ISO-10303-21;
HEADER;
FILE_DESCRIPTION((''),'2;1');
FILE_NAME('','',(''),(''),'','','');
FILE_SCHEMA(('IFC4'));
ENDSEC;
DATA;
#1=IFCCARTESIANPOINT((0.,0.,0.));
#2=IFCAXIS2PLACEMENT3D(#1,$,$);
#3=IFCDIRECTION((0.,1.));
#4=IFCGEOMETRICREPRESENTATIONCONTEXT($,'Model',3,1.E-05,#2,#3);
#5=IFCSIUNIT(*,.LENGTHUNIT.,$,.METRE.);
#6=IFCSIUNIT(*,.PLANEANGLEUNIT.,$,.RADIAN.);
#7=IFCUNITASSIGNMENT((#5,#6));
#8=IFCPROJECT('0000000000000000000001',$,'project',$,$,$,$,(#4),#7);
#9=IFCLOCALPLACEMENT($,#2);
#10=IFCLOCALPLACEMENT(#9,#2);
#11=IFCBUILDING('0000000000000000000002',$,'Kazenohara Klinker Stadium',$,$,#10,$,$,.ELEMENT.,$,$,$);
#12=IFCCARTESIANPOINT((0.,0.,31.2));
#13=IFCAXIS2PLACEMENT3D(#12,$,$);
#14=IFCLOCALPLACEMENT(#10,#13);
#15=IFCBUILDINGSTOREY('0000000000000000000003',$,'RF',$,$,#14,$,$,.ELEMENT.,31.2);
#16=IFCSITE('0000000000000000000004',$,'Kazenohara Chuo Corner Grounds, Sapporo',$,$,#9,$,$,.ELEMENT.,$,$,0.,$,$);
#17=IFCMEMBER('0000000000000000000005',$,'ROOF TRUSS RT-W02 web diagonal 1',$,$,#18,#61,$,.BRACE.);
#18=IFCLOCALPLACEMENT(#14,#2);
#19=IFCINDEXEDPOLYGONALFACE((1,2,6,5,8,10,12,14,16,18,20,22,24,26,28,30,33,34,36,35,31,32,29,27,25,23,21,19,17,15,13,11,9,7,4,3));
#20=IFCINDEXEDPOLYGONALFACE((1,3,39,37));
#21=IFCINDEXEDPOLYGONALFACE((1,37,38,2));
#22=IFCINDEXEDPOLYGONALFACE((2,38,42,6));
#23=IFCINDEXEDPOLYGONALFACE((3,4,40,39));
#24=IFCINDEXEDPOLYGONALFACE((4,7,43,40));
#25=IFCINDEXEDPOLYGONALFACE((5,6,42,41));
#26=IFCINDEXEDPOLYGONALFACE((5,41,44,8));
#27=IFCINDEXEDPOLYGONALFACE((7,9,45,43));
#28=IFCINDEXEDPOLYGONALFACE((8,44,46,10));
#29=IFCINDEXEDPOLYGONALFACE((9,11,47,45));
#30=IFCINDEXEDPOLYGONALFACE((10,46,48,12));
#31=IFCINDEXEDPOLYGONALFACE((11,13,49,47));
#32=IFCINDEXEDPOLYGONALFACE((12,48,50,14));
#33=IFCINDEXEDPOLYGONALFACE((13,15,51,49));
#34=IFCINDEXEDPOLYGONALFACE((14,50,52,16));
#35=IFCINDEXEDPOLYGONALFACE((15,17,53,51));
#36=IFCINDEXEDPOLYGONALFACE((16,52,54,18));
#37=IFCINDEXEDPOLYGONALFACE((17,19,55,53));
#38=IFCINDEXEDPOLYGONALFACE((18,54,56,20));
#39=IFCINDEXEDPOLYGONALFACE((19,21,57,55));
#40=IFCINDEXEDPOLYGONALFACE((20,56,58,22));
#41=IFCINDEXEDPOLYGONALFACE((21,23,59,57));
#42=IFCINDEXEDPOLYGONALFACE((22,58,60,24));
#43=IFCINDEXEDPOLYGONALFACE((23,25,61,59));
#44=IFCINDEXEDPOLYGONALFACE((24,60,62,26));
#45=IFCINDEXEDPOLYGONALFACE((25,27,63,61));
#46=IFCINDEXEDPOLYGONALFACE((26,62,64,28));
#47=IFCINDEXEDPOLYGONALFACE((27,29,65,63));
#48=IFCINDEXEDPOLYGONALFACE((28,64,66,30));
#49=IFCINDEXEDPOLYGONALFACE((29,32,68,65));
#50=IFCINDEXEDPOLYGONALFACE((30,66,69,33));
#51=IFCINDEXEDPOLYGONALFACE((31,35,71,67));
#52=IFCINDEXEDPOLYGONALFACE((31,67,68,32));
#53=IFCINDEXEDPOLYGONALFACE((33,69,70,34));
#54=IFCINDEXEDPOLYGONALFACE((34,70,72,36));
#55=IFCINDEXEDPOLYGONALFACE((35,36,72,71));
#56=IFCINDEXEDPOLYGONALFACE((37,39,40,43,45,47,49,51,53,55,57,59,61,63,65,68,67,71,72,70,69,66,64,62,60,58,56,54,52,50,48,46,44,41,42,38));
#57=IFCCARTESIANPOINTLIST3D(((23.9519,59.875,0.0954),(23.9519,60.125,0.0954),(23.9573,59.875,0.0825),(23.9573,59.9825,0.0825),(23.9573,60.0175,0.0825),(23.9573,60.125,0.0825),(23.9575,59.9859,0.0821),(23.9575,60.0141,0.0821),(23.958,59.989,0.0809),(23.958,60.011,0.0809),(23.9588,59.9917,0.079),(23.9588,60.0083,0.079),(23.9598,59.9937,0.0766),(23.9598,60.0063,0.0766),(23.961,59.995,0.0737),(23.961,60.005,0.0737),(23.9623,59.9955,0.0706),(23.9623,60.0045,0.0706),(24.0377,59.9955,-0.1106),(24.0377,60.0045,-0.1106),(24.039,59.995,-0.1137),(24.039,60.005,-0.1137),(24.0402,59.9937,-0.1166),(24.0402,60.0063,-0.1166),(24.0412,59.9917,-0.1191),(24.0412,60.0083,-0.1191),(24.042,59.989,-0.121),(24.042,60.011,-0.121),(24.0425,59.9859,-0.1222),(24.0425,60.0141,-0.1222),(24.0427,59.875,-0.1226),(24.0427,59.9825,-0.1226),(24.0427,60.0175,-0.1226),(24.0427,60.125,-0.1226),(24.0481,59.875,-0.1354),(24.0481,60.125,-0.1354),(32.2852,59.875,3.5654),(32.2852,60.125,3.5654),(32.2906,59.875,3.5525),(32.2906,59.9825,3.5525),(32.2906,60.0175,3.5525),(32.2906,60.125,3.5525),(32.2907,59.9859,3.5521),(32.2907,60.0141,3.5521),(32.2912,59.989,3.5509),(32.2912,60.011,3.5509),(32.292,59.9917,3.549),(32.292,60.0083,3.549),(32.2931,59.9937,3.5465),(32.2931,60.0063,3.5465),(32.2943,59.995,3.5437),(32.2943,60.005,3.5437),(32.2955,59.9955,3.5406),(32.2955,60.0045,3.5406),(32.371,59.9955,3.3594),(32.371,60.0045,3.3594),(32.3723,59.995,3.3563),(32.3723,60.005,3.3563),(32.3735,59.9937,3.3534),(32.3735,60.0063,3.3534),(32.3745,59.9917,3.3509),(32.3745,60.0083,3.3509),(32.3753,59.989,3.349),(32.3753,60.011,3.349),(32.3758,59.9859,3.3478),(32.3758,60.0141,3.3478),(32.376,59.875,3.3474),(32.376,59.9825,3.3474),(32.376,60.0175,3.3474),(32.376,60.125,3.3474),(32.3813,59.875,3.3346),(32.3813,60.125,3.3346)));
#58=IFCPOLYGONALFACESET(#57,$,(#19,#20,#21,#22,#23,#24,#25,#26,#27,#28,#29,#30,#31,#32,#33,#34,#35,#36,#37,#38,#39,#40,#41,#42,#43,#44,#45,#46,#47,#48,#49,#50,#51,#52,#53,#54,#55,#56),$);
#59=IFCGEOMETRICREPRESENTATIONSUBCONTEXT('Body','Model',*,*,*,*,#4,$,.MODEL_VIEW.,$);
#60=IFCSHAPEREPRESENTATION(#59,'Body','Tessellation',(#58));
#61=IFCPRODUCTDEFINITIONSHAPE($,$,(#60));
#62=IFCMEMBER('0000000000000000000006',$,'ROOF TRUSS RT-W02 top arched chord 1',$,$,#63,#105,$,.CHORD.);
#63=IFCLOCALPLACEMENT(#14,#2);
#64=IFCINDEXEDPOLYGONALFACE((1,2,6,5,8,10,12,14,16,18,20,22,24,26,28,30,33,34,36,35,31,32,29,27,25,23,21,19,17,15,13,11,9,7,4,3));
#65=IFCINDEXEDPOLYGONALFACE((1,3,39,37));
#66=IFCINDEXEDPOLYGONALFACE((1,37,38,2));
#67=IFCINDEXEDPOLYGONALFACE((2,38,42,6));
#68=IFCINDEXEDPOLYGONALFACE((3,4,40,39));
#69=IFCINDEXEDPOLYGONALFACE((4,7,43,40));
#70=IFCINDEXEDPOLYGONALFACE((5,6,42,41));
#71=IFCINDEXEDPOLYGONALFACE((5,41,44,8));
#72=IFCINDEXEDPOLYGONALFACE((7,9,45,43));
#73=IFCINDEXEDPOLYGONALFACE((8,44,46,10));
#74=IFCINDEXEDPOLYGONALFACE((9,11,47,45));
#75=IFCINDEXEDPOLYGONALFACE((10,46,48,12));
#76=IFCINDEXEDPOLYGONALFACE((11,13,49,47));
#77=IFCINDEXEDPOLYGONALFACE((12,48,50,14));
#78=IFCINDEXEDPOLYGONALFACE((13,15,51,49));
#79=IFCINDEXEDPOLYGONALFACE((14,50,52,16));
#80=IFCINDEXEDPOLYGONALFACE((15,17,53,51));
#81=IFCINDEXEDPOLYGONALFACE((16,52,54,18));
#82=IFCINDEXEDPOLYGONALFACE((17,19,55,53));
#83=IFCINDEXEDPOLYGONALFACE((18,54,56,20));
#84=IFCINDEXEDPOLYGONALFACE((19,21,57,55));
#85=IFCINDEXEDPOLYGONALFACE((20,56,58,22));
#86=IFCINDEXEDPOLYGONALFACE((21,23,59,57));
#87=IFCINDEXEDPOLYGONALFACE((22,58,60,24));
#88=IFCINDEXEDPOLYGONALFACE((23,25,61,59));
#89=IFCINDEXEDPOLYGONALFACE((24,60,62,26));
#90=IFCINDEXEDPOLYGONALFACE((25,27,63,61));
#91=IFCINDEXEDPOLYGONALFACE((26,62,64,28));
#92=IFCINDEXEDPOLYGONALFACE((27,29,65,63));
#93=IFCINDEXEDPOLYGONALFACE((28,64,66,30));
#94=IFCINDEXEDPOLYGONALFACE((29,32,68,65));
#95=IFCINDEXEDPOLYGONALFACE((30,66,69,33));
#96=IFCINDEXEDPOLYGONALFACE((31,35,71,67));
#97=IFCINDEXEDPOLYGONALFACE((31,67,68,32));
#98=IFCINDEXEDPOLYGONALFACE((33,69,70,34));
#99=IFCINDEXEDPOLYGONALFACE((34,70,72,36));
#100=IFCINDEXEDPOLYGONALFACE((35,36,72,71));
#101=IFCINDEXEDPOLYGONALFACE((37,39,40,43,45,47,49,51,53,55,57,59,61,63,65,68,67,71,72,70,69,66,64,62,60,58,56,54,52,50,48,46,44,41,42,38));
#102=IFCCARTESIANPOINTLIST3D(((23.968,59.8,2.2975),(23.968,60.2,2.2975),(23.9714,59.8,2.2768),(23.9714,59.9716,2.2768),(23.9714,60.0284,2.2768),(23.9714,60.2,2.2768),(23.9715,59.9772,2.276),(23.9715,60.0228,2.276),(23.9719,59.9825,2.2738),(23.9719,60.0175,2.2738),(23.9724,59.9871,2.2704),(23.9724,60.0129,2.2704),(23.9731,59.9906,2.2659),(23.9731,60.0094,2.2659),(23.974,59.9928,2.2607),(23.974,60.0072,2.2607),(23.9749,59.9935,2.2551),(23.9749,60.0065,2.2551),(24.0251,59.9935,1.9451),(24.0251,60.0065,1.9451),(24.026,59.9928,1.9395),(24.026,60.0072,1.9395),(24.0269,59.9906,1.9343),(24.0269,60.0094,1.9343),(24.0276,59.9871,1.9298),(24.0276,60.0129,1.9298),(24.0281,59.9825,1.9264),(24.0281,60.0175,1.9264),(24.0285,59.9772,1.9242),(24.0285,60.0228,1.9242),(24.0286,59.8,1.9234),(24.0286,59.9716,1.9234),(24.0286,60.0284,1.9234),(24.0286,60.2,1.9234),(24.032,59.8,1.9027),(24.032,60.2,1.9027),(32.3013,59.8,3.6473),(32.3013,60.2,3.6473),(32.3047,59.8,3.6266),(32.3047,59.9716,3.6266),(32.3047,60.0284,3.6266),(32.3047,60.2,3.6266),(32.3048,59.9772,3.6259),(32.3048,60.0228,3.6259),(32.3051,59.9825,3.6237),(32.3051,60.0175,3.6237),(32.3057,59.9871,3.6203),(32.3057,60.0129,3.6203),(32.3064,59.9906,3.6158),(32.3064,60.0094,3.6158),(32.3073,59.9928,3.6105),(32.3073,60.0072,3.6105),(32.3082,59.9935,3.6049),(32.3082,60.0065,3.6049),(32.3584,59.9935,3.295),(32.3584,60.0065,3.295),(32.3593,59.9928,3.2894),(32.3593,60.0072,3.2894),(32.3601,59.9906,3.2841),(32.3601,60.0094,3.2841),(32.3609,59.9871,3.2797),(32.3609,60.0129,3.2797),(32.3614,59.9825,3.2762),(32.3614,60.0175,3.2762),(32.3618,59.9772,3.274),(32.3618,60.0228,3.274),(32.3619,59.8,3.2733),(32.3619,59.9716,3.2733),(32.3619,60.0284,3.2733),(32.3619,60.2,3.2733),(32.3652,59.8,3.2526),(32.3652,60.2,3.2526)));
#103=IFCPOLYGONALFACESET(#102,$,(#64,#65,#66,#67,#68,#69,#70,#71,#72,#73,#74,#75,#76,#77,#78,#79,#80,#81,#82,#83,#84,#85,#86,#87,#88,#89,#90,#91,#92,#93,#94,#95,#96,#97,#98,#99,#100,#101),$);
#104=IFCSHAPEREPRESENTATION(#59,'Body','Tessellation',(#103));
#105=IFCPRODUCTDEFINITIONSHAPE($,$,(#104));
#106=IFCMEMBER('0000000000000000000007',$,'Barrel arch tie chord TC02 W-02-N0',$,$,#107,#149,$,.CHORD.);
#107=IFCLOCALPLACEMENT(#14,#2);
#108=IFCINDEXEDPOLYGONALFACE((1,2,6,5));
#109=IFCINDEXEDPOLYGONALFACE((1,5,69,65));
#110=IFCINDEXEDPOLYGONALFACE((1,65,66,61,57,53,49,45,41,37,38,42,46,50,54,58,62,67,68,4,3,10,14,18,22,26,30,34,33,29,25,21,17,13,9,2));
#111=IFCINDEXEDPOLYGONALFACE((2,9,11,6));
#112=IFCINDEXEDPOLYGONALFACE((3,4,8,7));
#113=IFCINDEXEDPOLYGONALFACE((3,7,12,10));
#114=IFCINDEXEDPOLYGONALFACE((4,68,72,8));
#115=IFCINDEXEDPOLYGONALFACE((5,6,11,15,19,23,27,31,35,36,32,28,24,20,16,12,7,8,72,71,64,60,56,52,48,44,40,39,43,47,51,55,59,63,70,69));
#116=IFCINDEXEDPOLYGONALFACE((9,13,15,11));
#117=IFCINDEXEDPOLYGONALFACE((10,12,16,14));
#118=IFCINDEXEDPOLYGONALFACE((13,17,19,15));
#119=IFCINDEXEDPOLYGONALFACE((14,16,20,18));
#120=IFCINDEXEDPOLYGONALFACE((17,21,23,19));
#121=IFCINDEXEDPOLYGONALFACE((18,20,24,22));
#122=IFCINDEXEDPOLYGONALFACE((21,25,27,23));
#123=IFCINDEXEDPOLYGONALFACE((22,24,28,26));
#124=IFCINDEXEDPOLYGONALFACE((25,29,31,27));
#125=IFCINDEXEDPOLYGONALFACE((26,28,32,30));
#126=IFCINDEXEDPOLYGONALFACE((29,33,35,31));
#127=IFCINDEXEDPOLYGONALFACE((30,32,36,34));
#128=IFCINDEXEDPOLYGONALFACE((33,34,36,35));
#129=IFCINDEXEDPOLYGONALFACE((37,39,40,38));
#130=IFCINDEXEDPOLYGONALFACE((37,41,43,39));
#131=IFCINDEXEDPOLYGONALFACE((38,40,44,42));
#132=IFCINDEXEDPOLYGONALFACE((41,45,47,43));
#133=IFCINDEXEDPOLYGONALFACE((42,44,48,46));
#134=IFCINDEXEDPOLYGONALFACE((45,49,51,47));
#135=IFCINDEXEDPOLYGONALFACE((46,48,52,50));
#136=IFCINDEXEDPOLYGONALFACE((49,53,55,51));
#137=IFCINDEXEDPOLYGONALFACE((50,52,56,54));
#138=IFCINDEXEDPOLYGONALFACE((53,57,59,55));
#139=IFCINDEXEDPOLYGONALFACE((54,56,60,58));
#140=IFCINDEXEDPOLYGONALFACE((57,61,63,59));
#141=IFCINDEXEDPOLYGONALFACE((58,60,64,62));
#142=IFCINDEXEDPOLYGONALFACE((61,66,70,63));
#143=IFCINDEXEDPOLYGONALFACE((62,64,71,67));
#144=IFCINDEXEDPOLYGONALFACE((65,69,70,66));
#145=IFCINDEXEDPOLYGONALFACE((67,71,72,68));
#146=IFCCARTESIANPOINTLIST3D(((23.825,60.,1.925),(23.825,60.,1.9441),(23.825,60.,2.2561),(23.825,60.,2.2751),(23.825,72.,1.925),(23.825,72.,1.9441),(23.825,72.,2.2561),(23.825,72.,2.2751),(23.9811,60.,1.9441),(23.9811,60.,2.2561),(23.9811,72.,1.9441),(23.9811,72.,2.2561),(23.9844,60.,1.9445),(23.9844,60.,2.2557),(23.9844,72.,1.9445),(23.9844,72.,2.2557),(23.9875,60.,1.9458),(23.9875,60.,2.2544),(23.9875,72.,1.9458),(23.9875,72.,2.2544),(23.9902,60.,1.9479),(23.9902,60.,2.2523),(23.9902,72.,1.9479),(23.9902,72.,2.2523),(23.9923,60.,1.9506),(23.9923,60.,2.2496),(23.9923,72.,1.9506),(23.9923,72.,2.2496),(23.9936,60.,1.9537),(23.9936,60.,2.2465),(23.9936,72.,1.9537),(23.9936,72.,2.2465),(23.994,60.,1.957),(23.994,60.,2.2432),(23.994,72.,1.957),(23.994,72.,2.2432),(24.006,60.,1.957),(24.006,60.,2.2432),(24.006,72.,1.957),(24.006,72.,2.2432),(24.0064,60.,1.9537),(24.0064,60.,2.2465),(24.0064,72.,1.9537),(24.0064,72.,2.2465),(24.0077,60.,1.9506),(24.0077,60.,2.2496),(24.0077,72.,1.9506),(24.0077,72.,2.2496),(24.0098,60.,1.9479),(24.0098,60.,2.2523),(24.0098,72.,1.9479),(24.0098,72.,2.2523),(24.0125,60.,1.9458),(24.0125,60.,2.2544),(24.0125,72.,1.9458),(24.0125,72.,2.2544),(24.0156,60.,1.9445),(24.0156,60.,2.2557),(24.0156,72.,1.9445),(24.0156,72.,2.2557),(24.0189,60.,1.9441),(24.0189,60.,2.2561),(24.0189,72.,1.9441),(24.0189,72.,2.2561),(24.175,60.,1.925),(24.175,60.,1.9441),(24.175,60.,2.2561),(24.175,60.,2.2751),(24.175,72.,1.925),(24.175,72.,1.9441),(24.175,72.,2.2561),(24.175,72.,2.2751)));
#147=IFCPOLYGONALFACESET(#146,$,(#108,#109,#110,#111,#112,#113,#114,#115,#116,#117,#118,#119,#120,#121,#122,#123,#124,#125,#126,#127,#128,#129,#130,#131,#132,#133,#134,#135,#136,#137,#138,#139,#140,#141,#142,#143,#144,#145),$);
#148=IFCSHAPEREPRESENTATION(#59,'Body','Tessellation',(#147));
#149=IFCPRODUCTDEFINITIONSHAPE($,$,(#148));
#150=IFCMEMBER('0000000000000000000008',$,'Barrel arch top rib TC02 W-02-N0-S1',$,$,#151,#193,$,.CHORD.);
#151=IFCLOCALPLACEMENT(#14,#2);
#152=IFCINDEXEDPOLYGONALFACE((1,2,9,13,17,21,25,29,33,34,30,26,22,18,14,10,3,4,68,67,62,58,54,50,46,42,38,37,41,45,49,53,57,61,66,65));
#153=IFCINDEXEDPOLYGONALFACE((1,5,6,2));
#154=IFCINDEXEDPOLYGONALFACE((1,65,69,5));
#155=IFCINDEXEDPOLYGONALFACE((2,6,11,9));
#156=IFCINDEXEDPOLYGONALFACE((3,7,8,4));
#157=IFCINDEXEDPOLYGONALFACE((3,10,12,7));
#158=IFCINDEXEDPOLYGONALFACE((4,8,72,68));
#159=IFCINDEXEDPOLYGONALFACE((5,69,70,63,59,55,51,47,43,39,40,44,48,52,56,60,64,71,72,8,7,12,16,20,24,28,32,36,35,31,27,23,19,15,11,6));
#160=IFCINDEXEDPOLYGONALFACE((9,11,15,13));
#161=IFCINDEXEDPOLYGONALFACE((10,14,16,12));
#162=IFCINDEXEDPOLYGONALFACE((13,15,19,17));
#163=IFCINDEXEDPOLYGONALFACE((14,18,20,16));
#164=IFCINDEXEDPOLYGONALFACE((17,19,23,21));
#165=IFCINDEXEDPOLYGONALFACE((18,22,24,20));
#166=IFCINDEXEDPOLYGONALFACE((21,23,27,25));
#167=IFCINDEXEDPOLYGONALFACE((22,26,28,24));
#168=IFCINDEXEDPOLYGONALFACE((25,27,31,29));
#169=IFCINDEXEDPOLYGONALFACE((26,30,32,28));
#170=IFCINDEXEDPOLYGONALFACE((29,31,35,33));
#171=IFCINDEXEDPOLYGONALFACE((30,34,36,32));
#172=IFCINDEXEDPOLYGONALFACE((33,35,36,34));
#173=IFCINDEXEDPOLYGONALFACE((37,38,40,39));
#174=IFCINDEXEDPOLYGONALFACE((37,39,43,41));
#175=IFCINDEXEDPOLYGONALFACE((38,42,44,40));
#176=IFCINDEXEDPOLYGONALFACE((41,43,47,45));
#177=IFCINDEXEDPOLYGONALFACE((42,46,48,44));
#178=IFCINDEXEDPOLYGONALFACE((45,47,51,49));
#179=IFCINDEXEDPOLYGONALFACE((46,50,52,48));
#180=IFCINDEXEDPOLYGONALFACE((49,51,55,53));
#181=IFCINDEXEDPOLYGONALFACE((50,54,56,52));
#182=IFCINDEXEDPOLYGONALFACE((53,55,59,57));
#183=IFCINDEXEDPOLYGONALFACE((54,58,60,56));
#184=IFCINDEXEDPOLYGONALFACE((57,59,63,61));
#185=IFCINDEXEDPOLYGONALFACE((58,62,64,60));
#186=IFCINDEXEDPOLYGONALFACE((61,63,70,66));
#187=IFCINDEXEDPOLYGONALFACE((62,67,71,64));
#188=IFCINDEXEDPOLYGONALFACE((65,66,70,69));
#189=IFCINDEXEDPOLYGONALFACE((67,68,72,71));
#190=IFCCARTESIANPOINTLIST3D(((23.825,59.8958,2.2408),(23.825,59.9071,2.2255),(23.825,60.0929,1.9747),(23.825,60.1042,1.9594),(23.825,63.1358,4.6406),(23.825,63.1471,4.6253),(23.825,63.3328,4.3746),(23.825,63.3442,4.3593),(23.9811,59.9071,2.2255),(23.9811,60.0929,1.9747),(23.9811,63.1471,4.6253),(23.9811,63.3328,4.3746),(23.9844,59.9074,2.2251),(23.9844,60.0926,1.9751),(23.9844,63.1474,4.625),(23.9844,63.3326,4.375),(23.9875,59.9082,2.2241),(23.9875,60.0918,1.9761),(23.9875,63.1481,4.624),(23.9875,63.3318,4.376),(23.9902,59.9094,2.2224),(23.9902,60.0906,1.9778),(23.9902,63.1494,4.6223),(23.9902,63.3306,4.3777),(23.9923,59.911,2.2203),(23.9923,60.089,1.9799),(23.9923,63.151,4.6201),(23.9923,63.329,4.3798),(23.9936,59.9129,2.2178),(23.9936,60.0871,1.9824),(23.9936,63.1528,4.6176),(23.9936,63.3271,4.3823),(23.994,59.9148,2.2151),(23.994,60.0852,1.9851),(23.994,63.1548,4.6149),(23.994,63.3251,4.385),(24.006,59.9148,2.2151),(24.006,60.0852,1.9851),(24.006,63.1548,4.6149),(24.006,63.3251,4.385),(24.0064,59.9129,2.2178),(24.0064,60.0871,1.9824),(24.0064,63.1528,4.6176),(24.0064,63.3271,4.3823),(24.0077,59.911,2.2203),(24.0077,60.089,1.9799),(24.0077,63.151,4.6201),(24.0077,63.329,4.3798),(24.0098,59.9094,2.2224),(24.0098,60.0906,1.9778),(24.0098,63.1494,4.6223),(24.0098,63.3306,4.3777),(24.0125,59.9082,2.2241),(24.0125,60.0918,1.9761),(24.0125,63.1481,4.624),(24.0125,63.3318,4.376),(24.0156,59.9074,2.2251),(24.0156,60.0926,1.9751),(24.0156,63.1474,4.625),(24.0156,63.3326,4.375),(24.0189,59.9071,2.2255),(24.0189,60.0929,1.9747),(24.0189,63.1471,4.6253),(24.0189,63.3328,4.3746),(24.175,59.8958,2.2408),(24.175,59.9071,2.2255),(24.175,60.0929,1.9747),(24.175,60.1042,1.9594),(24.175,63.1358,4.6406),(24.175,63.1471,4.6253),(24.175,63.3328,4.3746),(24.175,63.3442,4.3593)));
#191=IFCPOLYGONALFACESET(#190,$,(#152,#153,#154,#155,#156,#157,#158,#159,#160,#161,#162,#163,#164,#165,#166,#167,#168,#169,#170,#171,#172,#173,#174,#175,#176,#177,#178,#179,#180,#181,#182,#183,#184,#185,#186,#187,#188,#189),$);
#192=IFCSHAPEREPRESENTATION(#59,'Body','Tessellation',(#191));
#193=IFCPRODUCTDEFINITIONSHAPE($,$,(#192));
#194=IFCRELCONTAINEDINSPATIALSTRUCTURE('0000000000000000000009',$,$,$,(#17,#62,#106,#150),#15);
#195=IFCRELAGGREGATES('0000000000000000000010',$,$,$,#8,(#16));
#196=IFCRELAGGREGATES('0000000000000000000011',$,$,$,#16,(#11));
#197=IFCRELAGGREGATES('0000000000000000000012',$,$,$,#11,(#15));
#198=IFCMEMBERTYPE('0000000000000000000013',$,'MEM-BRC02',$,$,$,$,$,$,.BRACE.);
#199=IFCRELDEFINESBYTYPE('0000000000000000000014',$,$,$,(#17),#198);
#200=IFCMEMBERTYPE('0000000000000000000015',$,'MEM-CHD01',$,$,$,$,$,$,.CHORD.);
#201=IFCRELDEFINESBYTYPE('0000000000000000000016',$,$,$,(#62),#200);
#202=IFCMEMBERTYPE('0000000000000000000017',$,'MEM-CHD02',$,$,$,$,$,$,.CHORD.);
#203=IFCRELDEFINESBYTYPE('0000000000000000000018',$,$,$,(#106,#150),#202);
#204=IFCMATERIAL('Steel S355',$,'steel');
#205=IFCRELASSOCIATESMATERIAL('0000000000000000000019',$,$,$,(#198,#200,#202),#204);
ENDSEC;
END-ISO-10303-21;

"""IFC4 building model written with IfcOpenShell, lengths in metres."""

from ifc_helpers import new_model, si_unit, direction, frame, origin, origin_2d, place, context, subcontext, project, spatial, i_section, extrude, material, material_profile, profile_set, type_object, element, save


model = new_model("IFC4")

# Units and contexts
model_context = context("Model", 3, precision=1e-05, world=origin(), true_north=direction((0.0, 1.0)))
body_context = subcontext(model_context, "Body", "Model", "MODEL_VIEW")
ifc_project = project(units=[si_unit("LENGTHUNIT", "METRE"), si_unit("PLANEANGLEUNIT", "RADIAN")], contexts=[model_context])

# Site, building, storey
site_placement = place(None, origin())
site = spatial("IfcSite", under=ifc_project, at=site_placement, Name="Kazenohara Chuo Corner Grounds, Sapporo", CompositionType="ELEMENT", RefElevation=0.0)
building_placement = place(site_placement, origin())
building = spatial("IfcBuilding", under=site, at=building_placement, Name="Kazenohara Klinker Stadium", CompositionType="ELEMENT")
storey_placement = place(building_placement, frame((0.0, 0.0, 31.2)))
storey = spatial("IfcBuildingStorey", under=building, at=storey_placement, Name="RF", CompositionType="ELEMENT", Elevation=31.2)

# Members
ifc_material_1 = material(Name="Steel S355", Category="steel")
ifc_material_profile_1 = material_profile(ifc_material_1, i_section(OverallWidth=0.25, OverallDepth=0.25, WebThickness=0.009, FlangeThickness=0.0139, FilletRadius=0.0129, at=origin_2d()), Name="H-250x250x9x14")
ifc_profile_set_1 = profile_set([ifc_material_profile_1], Name="Steel S355")
member_type_1 = type_object("IfcMemberType", Name="MEM-BRC02", PredefinedType="BRACE", material=ifc_profile_set_1)
member_1_placement = place(storey_placement, frame((24.0, 60.0, -0.02), z_axis=(0.923164, 0.0, 0.384406), x_axis=(0.0, 1.0, 0.0)))
element("IfcMember", 1, at=member_1_placement, inside=storey, type_object=member_type_1, Name="ROOF TRUSS RT-W02 web diagonal 1", PredefinedType="BRACE", context=body_context, shape_type="SweptSolid", body=[
    extrude(i_section(OverallWidth=0.25, OverallDepth=0.25, WebThickness=0.009, FlangeThickness=0.0139, FilletRadius=0.0129, at=origin_2d()), origin(), (0.0, 0.0, 1.0), 9.0269),
])
ifc_material_profile_2 = material_profile(ifc_material_1, i_section(OverallWidth=0.3999, OverallDepth=0.3999, WebThickness=0.0129, FlangeThickness=0.021, FilletRadius=0.022, at=origin_2d()), Name="H-400x400x13x21")
ifc_profile_set_2 = profile_set([ifc_material_profile_2], Name="Steel S355")
member_type_2 = type_object("IfcMemberType", Name="MEM-CHD01", PredefinedType="CHORD", material=ifc_profile_set_2)
member_2_placement = place(storey_placement, frame((24.0, 60.0, 2.1001), z_axis=(0.987133, 0.0, 0.1599), x_axis=(0.0, 1.0, 0.0)))
element("IfcMember", 2, at=member_2_placement, inside=storey, type_object=member_type_2, Name="ROOF TRUSS RT-W02 top arched chord 1", PredefinedType="CHORD", context=body_context, shape_type="SweptSolid", body=[
    extrude(i_section(OverallWidth=0.3999, OverallDepth=0.3999, WebThickness=0.0129, FlangeThickness=0.021, FilletRadius=0.022, at=origin_2d()), origin(), (0.0, 0.0, 1.0), 8.4419),
])
ifc_material_profile_3 = material_profile(ifc_material_1, i_section(OverallWidth=0.3501, OverallDepth=0.3501, WebThickness=0.012, FlangeThickness=0.019, FilletRadius=0.0129, at=origin_2d()), Name="H-350x350x12x19")
ifc_profile_set_3 = profile_set([ifc_material_profile_3], Name="Steel S355")
member_type_3 = type_object("IfcMemberType", Name="MEM-CHD02", PredefinedType="CHORD", material=ifc_profile_set_3)
member_3_placement = place(storey_placement, frame((24.0, 60.0, 2.1001), z_axis=(0.0, 1.0, 0.0), x_axis=(-1.0, 0.0, 0.0)))
element("IfcMember", 3, at=member_3_placement, inside=storey, type_object=member_type_3, Name="Barrel arch tie chord TC02 W-02-N0", PredefinedType="CHORD", context=body_context, shape_type="SweptSolid", body=[
    extrude(i_section(OverallWidth=0.3501, OverallDepth=0.3501, WebThickness=0.012, FlangeThickness=0.019, FilletRadius=0.0129, at=origin_2d()), origin(), (0.0, 0.0, 1.0), 12.0),
])
member_4_placement = place(storey_placement, frame((24.0, 60.0, 2.1001), z_axis=(0.0, 0.803568, 0.595213), x_axis=(-1.0, 0.0, 0.0)))
element("IfcMember", 4, at=member_4_placement, inside=storey, type_object=member_type_3, Name="Barrel arch top rib TC02 W-02-N0-S1", PredefinedType="CHORD", context=body_context, shape_type="SweptSolid", body=[
    extrude(i_section(OverallWidth=0.3501, OverallDepth=0.3501, WebThickness=0.012, FlangeThickness=0.019, FilletRadius=0.0129, at=origin_2d()), origin(), (0.0, 0.0, 1.0), 4.032),
])

save(model, "model.ifc")
